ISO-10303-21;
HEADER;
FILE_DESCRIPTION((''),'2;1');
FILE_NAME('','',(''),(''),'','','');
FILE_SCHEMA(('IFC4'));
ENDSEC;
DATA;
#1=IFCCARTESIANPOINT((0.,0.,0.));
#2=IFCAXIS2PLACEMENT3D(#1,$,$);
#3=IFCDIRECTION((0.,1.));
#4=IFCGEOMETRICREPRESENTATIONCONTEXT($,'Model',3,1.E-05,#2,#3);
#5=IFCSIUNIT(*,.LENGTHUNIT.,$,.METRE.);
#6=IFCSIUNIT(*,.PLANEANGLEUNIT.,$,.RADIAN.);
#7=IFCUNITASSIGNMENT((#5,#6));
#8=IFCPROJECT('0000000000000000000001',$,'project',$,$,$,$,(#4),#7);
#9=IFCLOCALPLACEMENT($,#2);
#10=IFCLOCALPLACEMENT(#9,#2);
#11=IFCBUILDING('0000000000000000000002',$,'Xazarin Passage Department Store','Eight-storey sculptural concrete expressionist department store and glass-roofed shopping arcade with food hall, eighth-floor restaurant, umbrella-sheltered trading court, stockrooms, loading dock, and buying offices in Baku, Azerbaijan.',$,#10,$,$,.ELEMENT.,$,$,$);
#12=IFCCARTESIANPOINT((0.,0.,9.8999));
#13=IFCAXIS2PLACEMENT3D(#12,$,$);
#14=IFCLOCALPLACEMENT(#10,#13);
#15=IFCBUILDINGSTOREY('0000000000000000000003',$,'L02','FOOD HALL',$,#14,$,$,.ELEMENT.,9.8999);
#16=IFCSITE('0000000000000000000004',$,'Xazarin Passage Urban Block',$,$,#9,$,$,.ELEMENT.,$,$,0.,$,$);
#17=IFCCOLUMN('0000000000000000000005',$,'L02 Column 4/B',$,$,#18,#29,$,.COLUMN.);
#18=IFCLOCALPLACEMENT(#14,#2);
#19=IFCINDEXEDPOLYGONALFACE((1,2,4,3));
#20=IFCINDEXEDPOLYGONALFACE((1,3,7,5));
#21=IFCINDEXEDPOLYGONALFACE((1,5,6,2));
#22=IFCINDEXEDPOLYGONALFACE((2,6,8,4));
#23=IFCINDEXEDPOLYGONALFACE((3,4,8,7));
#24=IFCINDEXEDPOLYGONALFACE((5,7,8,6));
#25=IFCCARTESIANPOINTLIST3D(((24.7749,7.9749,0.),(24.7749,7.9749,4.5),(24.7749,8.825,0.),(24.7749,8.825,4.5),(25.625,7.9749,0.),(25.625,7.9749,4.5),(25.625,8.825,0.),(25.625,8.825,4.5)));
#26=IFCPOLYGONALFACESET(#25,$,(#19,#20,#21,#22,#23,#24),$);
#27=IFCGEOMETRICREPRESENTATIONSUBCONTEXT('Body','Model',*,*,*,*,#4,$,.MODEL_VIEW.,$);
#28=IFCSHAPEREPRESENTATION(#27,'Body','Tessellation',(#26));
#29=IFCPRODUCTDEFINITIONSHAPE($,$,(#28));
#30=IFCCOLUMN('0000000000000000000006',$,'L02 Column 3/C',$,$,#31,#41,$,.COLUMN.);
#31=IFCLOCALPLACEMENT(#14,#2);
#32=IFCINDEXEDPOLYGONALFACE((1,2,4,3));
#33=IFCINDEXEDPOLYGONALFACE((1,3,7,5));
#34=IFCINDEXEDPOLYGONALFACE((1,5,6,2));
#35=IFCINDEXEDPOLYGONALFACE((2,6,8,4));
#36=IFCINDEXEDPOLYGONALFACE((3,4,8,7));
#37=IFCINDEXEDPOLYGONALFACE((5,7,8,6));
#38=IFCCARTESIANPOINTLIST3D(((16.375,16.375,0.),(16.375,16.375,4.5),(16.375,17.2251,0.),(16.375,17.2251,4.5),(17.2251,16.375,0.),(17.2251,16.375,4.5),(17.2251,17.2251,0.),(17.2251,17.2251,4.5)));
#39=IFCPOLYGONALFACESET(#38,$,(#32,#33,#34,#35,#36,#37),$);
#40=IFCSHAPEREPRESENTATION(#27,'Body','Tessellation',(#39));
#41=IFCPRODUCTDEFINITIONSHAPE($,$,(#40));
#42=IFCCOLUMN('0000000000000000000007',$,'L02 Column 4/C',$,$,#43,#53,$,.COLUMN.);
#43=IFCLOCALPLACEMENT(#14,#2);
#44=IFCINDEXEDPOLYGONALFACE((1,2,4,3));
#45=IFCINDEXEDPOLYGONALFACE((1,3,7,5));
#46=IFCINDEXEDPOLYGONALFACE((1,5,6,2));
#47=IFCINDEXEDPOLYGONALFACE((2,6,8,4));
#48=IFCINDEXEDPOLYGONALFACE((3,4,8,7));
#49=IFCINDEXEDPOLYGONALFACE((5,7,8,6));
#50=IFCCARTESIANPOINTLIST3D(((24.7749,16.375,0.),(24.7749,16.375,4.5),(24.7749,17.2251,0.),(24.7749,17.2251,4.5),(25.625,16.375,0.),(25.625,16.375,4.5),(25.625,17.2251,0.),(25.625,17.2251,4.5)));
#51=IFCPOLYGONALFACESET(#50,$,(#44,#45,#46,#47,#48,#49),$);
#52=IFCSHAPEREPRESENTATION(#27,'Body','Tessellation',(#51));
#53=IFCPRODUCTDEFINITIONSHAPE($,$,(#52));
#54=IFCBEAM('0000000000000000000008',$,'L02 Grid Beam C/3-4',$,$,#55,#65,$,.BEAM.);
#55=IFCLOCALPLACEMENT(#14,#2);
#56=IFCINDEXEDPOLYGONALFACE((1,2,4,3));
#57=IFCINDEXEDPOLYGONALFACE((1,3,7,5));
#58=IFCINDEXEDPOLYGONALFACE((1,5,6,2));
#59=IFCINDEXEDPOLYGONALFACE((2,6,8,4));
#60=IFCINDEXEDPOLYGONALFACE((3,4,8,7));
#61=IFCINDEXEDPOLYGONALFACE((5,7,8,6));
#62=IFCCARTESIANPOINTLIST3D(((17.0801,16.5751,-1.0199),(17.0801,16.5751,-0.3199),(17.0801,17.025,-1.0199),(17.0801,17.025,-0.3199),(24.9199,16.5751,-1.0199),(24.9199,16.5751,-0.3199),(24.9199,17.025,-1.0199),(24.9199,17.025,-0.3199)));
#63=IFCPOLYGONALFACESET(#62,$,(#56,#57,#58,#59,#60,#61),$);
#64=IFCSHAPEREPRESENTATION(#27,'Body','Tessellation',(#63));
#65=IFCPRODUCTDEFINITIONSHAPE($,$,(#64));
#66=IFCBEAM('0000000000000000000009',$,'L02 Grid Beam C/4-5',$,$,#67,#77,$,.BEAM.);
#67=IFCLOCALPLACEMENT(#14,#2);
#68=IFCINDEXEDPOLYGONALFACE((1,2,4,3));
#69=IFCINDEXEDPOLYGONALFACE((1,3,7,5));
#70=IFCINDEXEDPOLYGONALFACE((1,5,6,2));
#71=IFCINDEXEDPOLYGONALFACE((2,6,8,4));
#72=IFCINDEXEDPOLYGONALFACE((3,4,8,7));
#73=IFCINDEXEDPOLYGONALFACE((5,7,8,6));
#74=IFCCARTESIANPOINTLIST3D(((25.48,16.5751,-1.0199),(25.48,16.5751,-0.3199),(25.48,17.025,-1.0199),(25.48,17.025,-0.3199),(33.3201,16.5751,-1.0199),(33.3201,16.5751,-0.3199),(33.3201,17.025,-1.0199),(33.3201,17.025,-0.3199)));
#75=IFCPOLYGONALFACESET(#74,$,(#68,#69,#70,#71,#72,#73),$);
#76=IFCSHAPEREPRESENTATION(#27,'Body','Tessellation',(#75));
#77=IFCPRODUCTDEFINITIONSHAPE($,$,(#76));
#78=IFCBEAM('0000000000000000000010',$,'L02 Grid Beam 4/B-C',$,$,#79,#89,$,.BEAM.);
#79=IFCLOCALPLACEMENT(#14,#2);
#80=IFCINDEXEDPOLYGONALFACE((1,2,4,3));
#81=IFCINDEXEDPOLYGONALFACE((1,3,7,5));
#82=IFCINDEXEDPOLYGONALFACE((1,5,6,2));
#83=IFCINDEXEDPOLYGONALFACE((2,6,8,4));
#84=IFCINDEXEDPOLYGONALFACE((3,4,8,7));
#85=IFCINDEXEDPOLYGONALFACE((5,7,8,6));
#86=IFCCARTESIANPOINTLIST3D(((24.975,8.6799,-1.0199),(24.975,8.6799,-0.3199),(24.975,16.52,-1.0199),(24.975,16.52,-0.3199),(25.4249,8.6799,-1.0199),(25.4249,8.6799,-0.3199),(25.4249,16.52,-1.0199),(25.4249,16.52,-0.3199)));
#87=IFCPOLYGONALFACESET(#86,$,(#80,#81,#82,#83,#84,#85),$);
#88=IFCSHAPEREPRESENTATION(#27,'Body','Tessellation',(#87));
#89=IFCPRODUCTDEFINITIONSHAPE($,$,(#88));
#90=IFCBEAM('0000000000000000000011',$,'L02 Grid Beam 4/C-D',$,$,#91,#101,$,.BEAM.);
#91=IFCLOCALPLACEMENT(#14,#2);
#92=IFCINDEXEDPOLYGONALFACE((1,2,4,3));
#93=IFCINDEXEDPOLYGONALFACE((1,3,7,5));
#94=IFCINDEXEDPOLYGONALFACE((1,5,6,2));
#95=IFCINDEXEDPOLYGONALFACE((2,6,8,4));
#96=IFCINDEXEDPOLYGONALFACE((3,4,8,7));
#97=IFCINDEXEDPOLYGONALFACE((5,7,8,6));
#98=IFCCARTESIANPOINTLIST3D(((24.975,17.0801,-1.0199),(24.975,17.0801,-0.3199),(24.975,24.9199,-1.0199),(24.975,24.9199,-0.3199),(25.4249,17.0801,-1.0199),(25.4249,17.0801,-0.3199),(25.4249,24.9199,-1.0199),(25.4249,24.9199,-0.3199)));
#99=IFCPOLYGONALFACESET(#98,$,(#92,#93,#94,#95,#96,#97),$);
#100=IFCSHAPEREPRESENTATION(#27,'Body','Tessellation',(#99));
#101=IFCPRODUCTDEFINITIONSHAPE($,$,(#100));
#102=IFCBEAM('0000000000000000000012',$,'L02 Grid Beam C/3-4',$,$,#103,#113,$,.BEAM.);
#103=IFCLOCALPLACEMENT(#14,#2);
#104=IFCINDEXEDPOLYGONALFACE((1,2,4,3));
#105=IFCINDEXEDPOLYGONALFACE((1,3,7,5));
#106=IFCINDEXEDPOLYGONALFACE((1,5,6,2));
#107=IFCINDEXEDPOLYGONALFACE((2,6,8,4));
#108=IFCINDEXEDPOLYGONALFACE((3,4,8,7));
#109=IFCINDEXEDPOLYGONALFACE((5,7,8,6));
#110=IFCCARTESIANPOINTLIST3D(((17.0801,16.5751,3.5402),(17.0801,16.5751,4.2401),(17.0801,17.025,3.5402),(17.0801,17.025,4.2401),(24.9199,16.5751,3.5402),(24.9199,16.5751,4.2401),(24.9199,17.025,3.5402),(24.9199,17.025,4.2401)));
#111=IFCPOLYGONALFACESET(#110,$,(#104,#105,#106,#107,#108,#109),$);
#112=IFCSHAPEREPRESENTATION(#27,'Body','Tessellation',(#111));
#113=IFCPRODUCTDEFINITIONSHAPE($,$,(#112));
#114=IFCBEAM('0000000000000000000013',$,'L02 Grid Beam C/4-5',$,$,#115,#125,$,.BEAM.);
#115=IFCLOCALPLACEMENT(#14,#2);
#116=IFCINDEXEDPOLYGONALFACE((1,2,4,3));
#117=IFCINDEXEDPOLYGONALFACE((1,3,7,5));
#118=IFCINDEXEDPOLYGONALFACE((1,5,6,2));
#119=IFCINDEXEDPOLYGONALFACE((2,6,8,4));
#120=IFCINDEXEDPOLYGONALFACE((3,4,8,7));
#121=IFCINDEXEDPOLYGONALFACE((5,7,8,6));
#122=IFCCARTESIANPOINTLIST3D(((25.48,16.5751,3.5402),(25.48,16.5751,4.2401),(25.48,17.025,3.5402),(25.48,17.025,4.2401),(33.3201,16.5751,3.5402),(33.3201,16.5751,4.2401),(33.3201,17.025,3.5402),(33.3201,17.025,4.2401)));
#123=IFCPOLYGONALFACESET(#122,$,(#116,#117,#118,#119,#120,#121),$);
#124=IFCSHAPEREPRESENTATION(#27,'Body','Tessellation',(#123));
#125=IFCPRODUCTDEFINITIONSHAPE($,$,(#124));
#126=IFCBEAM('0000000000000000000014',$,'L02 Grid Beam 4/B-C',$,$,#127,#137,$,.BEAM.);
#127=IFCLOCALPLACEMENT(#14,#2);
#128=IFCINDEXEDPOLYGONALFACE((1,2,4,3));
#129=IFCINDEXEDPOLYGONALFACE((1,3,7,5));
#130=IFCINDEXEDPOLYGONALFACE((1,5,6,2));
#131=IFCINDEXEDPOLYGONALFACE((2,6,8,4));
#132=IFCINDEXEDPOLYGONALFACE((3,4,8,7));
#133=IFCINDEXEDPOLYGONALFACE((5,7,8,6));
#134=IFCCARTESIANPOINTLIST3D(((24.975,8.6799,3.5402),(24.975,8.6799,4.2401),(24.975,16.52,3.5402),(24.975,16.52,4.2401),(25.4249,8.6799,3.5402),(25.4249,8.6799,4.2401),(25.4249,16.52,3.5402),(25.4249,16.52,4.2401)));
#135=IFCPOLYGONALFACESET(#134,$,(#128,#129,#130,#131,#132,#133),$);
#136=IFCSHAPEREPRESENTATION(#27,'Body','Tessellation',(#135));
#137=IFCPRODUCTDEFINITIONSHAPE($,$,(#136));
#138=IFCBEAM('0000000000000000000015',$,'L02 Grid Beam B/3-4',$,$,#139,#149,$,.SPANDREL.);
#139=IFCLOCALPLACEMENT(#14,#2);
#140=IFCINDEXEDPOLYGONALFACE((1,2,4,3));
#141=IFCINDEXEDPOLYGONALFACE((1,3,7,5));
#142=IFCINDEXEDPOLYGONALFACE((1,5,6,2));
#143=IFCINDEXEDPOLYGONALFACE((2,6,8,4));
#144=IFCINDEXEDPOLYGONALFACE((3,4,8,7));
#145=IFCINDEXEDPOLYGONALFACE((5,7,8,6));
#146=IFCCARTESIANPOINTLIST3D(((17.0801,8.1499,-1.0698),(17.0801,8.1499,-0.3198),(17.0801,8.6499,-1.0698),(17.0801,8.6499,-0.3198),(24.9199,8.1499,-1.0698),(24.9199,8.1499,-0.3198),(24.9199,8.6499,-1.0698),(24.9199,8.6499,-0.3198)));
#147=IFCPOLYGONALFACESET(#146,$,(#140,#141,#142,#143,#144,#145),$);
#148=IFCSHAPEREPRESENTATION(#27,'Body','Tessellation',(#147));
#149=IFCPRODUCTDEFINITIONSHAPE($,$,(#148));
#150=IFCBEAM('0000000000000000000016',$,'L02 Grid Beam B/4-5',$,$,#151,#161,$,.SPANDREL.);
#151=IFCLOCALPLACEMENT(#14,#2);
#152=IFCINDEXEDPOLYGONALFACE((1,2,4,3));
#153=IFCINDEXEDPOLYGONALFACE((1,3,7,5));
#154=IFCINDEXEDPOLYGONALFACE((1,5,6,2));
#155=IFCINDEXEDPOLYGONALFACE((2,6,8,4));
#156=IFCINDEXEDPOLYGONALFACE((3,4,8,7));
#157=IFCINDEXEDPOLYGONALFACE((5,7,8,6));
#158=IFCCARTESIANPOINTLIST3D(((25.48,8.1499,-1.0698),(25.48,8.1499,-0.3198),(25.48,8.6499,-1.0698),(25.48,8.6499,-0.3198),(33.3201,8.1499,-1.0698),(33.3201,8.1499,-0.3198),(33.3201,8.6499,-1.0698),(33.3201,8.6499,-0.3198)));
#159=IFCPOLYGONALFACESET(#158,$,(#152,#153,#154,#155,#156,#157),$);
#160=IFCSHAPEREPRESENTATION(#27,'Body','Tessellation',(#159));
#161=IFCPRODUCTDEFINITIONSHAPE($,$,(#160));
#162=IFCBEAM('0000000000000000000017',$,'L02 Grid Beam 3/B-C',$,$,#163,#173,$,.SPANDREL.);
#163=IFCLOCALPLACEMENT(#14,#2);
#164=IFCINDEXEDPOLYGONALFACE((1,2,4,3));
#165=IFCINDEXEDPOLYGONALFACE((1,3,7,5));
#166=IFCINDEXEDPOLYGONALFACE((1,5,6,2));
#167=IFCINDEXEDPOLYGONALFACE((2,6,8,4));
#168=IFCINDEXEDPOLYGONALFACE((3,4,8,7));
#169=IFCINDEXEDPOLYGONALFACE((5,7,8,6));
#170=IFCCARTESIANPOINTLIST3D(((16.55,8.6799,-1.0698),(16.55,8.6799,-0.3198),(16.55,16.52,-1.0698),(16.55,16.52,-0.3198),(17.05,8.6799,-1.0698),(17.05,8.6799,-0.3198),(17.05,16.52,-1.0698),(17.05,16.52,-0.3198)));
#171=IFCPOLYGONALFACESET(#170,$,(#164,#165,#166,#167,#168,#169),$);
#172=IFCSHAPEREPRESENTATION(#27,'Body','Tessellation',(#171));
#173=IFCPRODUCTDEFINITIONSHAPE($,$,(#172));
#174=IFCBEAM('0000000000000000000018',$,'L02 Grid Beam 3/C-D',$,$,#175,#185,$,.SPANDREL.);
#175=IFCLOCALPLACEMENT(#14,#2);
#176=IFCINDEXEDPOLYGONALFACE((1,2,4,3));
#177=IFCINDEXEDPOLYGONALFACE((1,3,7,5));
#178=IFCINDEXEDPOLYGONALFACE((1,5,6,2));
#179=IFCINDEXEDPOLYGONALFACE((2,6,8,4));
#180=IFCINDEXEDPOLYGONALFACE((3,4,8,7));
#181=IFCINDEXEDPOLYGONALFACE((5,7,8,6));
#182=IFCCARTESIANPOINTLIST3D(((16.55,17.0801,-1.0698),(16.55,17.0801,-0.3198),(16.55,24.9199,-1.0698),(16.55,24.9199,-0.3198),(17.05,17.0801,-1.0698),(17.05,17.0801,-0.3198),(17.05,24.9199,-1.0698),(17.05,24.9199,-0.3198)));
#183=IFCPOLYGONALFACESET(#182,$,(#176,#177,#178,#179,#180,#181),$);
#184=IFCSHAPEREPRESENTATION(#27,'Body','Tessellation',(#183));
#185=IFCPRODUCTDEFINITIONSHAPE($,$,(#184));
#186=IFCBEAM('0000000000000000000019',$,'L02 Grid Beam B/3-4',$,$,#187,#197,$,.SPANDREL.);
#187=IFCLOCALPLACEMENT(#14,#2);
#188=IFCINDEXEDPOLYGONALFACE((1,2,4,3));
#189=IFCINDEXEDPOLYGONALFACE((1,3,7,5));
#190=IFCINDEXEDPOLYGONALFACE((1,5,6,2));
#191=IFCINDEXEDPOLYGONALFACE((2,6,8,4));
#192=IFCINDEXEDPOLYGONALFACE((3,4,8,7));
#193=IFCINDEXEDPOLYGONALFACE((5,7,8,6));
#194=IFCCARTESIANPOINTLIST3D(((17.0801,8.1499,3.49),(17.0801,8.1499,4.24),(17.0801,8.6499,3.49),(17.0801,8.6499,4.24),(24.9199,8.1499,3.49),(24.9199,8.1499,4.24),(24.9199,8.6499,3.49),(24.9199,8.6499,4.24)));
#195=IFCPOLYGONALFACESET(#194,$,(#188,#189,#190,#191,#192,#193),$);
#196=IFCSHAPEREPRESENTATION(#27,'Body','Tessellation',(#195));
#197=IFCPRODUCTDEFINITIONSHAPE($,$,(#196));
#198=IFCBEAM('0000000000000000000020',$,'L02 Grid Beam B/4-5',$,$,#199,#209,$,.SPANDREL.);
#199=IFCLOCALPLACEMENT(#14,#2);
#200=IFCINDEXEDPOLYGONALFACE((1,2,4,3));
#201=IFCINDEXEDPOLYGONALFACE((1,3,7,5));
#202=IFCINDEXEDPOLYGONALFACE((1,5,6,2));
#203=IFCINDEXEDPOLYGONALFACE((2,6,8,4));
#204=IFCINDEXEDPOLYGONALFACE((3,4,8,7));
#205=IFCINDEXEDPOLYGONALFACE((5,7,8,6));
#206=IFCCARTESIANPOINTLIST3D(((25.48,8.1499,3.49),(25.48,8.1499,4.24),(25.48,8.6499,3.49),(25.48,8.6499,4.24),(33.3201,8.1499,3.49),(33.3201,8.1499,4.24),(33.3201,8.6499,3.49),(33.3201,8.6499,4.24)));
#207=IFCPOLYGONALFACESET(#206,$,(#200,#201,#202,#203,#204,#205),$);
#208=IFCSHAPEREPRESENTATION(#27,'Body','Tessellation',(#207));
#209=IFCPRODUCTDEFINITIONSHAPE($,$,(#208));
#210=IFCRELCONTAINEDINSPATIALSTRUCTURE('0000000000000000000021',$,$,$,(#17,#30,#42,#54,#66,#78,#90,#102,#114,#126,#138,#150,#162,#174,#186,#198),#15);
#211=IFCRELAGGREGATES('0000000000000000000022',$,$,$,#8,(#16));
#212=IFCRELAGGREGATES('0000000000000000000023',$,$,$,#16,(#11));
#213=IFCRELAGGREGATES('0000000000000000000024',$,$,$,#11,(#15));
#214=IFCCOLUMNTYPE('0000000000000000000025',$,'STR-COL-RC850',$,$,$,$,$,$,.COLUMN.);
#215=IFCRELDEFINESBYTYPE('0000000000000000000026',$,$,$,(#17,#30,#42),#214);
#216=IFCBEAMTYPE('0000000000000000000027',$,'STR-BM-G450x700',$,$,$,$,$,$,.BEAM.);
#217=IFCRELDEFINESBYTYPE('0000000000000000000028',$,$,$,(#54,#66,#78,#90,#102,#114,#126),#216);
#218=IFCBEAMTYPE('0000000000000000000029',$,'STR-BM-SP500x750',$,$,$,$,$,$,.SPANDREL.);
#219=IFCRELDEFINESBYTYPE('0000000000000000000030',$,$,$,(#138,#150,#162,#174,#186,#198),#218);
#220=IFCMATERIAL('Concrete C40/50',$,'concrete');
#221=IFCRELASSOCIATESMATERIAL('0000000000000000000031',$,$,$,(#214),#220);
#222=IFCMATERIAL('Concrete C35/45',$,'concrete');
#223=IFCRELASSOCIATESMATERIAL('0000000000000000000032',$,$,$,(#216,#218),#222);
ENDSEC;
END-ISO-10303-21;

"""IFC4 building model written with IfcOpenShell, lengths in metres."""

from ifc_helpers import new_model, si_unit, direction, frame, origin, origin_2d, place, context, subcontext, project, spatial, rectangle, extrude, material, material_profile, profile_set, type_object, element, save


model = new_model("IFC4")

# Units and contexts
model_context = context("Model", 3, precision=1e-05, world=origin(), true_north=direction((0.0, 1.0)))
body_context = subcontext(model_context, "Body", "Model", "MODEL_VIEW")
ifc_project = project(units=[si_unit("LENGTHUNIT", "METRE"), si_unit("PLANEANGLEUNIT", "RADIAN")], contexts=[model_context])

# Site, building, storey
site_placement = place(None, origin())
site = spatial("IfcSite", under=ifc_project, at=site_placement, Name="Xazarin Passage Urban Block", CompositionType="ELEMENT", RefElevation=0.0)
building_placement = place(site_placement, origin())
building = spatial("IfcBuilding", under=site, at=building_placement, Name="Xazarin Passage Department Store", Description="Eight-storey sculptural concrete expressionist department store and glass-roofed shopping arcade with food hall, eighth-floor restaurant, umbrella-sheltered trading court, stockrooms, loading dock, and buying offices in Baku, Azerbaijan.", CompositionType="ELEMENT")
storey_placement = place(building_placement, frame((0.0, 0.0, 9.8999)))
storey = spatial("IfcBuildingStorey", under=building, at=storey_placement, Name="L02", Description="FOOD HALL", CompositionType="ELEMENT", Elevation=9.8999)

# Columns
ifc_material_1 = material(Name="Concrete C40/50", Category="concrete")
ifc_material_profile_1 = material_profile(ifc_material_1, rectangle(XDim=0.8501, YDim=0.8501, at=origin_2d()), Name="RC 850x850")
ifc_profile_set_1 = profile_set([ifc_material_profile_1], Name="Concrete C40/50")
column_type = type_object("IfcColumnType", Name="STR-COL-RC850", PredefinedType="COLUMN", material=ifc_profile_set_1)
for number, where, z_axis, x_axis, name in (
    (1, (25.2, 8.3999, 0.0), (0.0, 0.0, 1.0), (1.0, 0.0, 0.0), "L02 Column 4/B"),
    (2, (16.8, 16.8, 0.0), (0.0, 0.0, 1.0), (1.0, 0.0, 0.0), "L02 Column 3/C"),
    (3, (25.2, 16.8, 0.0), (0.0, 0.0, 1.0), (1.0, 0.0, 0.0), "L02 Column 4/C"),
):
    element("IfcColumn", number, at=place(storey_placement, frame(where, z_axis=z_axis, x_axis=x_axis)), inside=storey, type_object=column_type, Name=name, PredefinedType="COLUMN", context=body_context, shape_type="SweptSolid", body=[
        extrude(rectangle(XDim=0.8501, YDim=0.8501, at=origin_2d()), origin(), (0.0, 0.0, 1.0), 4.5),
    ])

# Beams
ifc_material_2 = material(Name="Concrete C35/45", Category="concrete")
ifc_material_profile_2 = material_profile(ifc_material_2, rectangle(XDim=0.45, YDim=0.7, at=origin_2d()), Name="RC 450x700")
ifc_profile_set_2 = profile_set([ifc_material_profile_2], Name="Concrete C35/45")
beam_type_1 = type_object("IfcBeamType", Name="STR-BM-G450x700", PredefinedType="BEAM", material=ifc_profile_set_2)
beam_1_placement = place(storey_placement, frame((17.0801, 16.8, -0.6699), z_axis=(1.0, 0.0, 0.0), x_axis=(0.0, 1.0, 0.0)))
element("IfcBeam", 4, at=beam_1_placement, inside=storey, type_object=beam_type_1, Name="L02 Grid Beam C/3-4", PredefinedType="BEAM", context=body_context, shape_type="SweptSolid", body=[
    extrude(rectangle(XDim=0.45, YDim=0.7, at=origin_2d()), origin(), (0.0, 0.0, 1.0), 7.8398),
])
for number, where, z_axis, x_axis, name in (
    (5, (25.48, 16.8, -0.6699), (1.0, 0.0, 0.0), (0.0, 1.0, 0.0), "L02 Grid Beam C/4-5"),
    (6, (25.2, 8.6799, -0.6699), (0.0, 1.0, 0.0), (-1.0, 0.0, 0.0), "L02 Grid Beam 4/B-C"),
):
    element("IfcBeam", number, at=place(storey_placement, frame(where, z_axis=z_axis, x_axis=x_axis)), inside=storey, type_object=beam_type_1, Name=name, PredefinedType="BEAM", context=body_context, shape_type="SweptSolid", body=[
        extrude(rectangle(XDim=0.45, YDim=0.7, at=origin_2d()), origin(), (0.0, 0.0, 1.0), 7.8401),
    ])
for number, where, z_axis, x_axis, name in (
    (7, (25.2, 17.0801, -0.6699), (0.0, 1.0, 0.0), (-1.0, 0.0, 0.0), "L02 Grid Beam 4/C-D"),
    (8, (17.0801, 16.8, 3.8901), (1.0, 0.0, 0.0), (0.0, 1.0, 0.0), "L02 Grid Beam C/3-4"),
):
    element("IfcBeam", number, at=place(storey_placement, frame(where, z_axis=z_axis, x_axis=x_axis)), inside=storey, type_object=beam_type_1, Name=name, PredefinedType="BEAM", context=body_context, shape_type="SweptSolid", body=[
        extrude(rectangle(XDim=0.45, YDim=0.7, at=origin_2d()), origin(), (0.0, 0.0, 1.0), 7.8398),
    ])
for number, where, z_axis, x_axis, name in (
    (9, (25.48, 16.8, 3.8901), (1.0, 0.0, 0.0), (0.0, 1.0, 0.0), "L02 Grid Beam C/4-5"),
    (10, (25.2, 8.6799, 3.8901), (0.0, 1.0, 0.0), (-1.0, 0.0, 0.0), "L02 Grid Beam 4/B-C"),
):
    element("IfcBeam", number, at=place(storey_placement, frame(where, z_axis=z_axis, x_axis=x_axis)), inside=storey, type_object=beam_type_1, Name=name, PredefinedType="BEAM", context=body_context, shape_type="SweptSolid", body=[
        extrude(rectangle(XDim=0.45, YDim=0.7, at=origin_2d()), origin(), (0.0, 0.0, 1.0), 7.8401),
    ])
ifc_material_profile_3 = material_profile(ifc_material_2, rectangle(XDim=0.5, YDim=0.75, at=origin_2d()), Name="RC 500x750")
ifc_profile_set_3 = profile_set([ifc_material_profile_3], Name="Concrete C35/45")
beam_type_2 = type_object("IfcBeamType", Name="STR-BM-SP500x750", PredefinedType="SPANDREL", material=ifc_profile_set_3)
beam_2_placement = place(storey_placement, frame((17.0801, 8.3999, -0.6948), z_axis=(1.0, 0.0, 0.0), x_axis=(0.0, 1.0, 0.0)))
element("IfcBeam", 11, at=beam_2_placement, inside=storey, type_object=beam_type_2, Name="L02 Grid Beam B/3-4", PredefinedType="SPANDREL", context=body_context, shape_type="SweptSolid", body=[
    extrude(rectangle(XDim=0.5, YDim=0.75, at=origin_2d()), origin(), (0.0, 0.0, 1.0), 7.8398),
])
for number, where, z_axis, x_axis, name in (
    (12, (25.48, 8.3999, -0.6948), (1.0, 0.0, 0.0), (0.0, 1.0, 0.0), "L02 Grid Beam B/4-5"),
    (13, (16.8, 8.6799, -0.6948), (0.0, 1.0, 0.0), (-1.0, 0.0, 0.0), "L02 Grid Beam 3/B-C"),
):
    element("IfcBeam", number, at=place(storey_placement, frame(where, z_axis=z_axis, x_axis=x_axis)), inside=storey, type_object=beam_type_2, Name=name, PredefinedType="SPANDREL", context=body_context, shape_type="SweptSolid", body=[
        extrude(rectangle(XDim=0.5, YDim=0.75, at=origin_2d()), origin(), (0.0, 0.0, 1.0), 7.8401),
    ])
for number, where, z_axis, x_axis, name in (
    (14, (16.8, 17.0801, -0.6948), (0.0, 1.0, 0.0), (-1.0, 0.0, 0.0), "L02 Grid Beam 3/C-D"),
    (15, (17.0801, 8.3999, 3.865), (1.0, 0.0, 0.0), (0.0, 1.0, 0.0), "L02 Grid Beam B/3-4"),
):
    element("IfcBeam", number, at=place(storey_placement, frame(where, z_axis=z_axis, x_axis=x_axis)), inside=storey, type_object=beam_type_2, Name=name, PredefinedType="SPANDREL", context=body_context, shape_type="SweptSolid", body=[
        extrude(rectangle(XDim=0.5, YDim=0.75, at=origin_2d()), origin(), (0.0, 0.0, 1.0), 7.8398),
    ])
for number, where, z_axis, x_axis, name in (
    (16, (25.48, 8.3999, 3.865), (1.0, 0.0, 0.0), (0.0, 1.0, 0.0), "L02 Grid Beam B/4-5"),
):
    element("IfcBeam", number, at=place(storey_placement, frame(where, z_axis=z_axis, x_axis=x_axis)), inside=storey, type_object=beam_type_2, Name=name, PredefinedType="SPANDREL", context=body_context, shape_type="SweptSolid", body=[
        extrude(rectangle(XDim=0.5, YDim=0.75, at=origin_2d()), origin(), (0.0, 0.0, 1.0), 7.8401),
    ])

save(model, "model.ifc")
